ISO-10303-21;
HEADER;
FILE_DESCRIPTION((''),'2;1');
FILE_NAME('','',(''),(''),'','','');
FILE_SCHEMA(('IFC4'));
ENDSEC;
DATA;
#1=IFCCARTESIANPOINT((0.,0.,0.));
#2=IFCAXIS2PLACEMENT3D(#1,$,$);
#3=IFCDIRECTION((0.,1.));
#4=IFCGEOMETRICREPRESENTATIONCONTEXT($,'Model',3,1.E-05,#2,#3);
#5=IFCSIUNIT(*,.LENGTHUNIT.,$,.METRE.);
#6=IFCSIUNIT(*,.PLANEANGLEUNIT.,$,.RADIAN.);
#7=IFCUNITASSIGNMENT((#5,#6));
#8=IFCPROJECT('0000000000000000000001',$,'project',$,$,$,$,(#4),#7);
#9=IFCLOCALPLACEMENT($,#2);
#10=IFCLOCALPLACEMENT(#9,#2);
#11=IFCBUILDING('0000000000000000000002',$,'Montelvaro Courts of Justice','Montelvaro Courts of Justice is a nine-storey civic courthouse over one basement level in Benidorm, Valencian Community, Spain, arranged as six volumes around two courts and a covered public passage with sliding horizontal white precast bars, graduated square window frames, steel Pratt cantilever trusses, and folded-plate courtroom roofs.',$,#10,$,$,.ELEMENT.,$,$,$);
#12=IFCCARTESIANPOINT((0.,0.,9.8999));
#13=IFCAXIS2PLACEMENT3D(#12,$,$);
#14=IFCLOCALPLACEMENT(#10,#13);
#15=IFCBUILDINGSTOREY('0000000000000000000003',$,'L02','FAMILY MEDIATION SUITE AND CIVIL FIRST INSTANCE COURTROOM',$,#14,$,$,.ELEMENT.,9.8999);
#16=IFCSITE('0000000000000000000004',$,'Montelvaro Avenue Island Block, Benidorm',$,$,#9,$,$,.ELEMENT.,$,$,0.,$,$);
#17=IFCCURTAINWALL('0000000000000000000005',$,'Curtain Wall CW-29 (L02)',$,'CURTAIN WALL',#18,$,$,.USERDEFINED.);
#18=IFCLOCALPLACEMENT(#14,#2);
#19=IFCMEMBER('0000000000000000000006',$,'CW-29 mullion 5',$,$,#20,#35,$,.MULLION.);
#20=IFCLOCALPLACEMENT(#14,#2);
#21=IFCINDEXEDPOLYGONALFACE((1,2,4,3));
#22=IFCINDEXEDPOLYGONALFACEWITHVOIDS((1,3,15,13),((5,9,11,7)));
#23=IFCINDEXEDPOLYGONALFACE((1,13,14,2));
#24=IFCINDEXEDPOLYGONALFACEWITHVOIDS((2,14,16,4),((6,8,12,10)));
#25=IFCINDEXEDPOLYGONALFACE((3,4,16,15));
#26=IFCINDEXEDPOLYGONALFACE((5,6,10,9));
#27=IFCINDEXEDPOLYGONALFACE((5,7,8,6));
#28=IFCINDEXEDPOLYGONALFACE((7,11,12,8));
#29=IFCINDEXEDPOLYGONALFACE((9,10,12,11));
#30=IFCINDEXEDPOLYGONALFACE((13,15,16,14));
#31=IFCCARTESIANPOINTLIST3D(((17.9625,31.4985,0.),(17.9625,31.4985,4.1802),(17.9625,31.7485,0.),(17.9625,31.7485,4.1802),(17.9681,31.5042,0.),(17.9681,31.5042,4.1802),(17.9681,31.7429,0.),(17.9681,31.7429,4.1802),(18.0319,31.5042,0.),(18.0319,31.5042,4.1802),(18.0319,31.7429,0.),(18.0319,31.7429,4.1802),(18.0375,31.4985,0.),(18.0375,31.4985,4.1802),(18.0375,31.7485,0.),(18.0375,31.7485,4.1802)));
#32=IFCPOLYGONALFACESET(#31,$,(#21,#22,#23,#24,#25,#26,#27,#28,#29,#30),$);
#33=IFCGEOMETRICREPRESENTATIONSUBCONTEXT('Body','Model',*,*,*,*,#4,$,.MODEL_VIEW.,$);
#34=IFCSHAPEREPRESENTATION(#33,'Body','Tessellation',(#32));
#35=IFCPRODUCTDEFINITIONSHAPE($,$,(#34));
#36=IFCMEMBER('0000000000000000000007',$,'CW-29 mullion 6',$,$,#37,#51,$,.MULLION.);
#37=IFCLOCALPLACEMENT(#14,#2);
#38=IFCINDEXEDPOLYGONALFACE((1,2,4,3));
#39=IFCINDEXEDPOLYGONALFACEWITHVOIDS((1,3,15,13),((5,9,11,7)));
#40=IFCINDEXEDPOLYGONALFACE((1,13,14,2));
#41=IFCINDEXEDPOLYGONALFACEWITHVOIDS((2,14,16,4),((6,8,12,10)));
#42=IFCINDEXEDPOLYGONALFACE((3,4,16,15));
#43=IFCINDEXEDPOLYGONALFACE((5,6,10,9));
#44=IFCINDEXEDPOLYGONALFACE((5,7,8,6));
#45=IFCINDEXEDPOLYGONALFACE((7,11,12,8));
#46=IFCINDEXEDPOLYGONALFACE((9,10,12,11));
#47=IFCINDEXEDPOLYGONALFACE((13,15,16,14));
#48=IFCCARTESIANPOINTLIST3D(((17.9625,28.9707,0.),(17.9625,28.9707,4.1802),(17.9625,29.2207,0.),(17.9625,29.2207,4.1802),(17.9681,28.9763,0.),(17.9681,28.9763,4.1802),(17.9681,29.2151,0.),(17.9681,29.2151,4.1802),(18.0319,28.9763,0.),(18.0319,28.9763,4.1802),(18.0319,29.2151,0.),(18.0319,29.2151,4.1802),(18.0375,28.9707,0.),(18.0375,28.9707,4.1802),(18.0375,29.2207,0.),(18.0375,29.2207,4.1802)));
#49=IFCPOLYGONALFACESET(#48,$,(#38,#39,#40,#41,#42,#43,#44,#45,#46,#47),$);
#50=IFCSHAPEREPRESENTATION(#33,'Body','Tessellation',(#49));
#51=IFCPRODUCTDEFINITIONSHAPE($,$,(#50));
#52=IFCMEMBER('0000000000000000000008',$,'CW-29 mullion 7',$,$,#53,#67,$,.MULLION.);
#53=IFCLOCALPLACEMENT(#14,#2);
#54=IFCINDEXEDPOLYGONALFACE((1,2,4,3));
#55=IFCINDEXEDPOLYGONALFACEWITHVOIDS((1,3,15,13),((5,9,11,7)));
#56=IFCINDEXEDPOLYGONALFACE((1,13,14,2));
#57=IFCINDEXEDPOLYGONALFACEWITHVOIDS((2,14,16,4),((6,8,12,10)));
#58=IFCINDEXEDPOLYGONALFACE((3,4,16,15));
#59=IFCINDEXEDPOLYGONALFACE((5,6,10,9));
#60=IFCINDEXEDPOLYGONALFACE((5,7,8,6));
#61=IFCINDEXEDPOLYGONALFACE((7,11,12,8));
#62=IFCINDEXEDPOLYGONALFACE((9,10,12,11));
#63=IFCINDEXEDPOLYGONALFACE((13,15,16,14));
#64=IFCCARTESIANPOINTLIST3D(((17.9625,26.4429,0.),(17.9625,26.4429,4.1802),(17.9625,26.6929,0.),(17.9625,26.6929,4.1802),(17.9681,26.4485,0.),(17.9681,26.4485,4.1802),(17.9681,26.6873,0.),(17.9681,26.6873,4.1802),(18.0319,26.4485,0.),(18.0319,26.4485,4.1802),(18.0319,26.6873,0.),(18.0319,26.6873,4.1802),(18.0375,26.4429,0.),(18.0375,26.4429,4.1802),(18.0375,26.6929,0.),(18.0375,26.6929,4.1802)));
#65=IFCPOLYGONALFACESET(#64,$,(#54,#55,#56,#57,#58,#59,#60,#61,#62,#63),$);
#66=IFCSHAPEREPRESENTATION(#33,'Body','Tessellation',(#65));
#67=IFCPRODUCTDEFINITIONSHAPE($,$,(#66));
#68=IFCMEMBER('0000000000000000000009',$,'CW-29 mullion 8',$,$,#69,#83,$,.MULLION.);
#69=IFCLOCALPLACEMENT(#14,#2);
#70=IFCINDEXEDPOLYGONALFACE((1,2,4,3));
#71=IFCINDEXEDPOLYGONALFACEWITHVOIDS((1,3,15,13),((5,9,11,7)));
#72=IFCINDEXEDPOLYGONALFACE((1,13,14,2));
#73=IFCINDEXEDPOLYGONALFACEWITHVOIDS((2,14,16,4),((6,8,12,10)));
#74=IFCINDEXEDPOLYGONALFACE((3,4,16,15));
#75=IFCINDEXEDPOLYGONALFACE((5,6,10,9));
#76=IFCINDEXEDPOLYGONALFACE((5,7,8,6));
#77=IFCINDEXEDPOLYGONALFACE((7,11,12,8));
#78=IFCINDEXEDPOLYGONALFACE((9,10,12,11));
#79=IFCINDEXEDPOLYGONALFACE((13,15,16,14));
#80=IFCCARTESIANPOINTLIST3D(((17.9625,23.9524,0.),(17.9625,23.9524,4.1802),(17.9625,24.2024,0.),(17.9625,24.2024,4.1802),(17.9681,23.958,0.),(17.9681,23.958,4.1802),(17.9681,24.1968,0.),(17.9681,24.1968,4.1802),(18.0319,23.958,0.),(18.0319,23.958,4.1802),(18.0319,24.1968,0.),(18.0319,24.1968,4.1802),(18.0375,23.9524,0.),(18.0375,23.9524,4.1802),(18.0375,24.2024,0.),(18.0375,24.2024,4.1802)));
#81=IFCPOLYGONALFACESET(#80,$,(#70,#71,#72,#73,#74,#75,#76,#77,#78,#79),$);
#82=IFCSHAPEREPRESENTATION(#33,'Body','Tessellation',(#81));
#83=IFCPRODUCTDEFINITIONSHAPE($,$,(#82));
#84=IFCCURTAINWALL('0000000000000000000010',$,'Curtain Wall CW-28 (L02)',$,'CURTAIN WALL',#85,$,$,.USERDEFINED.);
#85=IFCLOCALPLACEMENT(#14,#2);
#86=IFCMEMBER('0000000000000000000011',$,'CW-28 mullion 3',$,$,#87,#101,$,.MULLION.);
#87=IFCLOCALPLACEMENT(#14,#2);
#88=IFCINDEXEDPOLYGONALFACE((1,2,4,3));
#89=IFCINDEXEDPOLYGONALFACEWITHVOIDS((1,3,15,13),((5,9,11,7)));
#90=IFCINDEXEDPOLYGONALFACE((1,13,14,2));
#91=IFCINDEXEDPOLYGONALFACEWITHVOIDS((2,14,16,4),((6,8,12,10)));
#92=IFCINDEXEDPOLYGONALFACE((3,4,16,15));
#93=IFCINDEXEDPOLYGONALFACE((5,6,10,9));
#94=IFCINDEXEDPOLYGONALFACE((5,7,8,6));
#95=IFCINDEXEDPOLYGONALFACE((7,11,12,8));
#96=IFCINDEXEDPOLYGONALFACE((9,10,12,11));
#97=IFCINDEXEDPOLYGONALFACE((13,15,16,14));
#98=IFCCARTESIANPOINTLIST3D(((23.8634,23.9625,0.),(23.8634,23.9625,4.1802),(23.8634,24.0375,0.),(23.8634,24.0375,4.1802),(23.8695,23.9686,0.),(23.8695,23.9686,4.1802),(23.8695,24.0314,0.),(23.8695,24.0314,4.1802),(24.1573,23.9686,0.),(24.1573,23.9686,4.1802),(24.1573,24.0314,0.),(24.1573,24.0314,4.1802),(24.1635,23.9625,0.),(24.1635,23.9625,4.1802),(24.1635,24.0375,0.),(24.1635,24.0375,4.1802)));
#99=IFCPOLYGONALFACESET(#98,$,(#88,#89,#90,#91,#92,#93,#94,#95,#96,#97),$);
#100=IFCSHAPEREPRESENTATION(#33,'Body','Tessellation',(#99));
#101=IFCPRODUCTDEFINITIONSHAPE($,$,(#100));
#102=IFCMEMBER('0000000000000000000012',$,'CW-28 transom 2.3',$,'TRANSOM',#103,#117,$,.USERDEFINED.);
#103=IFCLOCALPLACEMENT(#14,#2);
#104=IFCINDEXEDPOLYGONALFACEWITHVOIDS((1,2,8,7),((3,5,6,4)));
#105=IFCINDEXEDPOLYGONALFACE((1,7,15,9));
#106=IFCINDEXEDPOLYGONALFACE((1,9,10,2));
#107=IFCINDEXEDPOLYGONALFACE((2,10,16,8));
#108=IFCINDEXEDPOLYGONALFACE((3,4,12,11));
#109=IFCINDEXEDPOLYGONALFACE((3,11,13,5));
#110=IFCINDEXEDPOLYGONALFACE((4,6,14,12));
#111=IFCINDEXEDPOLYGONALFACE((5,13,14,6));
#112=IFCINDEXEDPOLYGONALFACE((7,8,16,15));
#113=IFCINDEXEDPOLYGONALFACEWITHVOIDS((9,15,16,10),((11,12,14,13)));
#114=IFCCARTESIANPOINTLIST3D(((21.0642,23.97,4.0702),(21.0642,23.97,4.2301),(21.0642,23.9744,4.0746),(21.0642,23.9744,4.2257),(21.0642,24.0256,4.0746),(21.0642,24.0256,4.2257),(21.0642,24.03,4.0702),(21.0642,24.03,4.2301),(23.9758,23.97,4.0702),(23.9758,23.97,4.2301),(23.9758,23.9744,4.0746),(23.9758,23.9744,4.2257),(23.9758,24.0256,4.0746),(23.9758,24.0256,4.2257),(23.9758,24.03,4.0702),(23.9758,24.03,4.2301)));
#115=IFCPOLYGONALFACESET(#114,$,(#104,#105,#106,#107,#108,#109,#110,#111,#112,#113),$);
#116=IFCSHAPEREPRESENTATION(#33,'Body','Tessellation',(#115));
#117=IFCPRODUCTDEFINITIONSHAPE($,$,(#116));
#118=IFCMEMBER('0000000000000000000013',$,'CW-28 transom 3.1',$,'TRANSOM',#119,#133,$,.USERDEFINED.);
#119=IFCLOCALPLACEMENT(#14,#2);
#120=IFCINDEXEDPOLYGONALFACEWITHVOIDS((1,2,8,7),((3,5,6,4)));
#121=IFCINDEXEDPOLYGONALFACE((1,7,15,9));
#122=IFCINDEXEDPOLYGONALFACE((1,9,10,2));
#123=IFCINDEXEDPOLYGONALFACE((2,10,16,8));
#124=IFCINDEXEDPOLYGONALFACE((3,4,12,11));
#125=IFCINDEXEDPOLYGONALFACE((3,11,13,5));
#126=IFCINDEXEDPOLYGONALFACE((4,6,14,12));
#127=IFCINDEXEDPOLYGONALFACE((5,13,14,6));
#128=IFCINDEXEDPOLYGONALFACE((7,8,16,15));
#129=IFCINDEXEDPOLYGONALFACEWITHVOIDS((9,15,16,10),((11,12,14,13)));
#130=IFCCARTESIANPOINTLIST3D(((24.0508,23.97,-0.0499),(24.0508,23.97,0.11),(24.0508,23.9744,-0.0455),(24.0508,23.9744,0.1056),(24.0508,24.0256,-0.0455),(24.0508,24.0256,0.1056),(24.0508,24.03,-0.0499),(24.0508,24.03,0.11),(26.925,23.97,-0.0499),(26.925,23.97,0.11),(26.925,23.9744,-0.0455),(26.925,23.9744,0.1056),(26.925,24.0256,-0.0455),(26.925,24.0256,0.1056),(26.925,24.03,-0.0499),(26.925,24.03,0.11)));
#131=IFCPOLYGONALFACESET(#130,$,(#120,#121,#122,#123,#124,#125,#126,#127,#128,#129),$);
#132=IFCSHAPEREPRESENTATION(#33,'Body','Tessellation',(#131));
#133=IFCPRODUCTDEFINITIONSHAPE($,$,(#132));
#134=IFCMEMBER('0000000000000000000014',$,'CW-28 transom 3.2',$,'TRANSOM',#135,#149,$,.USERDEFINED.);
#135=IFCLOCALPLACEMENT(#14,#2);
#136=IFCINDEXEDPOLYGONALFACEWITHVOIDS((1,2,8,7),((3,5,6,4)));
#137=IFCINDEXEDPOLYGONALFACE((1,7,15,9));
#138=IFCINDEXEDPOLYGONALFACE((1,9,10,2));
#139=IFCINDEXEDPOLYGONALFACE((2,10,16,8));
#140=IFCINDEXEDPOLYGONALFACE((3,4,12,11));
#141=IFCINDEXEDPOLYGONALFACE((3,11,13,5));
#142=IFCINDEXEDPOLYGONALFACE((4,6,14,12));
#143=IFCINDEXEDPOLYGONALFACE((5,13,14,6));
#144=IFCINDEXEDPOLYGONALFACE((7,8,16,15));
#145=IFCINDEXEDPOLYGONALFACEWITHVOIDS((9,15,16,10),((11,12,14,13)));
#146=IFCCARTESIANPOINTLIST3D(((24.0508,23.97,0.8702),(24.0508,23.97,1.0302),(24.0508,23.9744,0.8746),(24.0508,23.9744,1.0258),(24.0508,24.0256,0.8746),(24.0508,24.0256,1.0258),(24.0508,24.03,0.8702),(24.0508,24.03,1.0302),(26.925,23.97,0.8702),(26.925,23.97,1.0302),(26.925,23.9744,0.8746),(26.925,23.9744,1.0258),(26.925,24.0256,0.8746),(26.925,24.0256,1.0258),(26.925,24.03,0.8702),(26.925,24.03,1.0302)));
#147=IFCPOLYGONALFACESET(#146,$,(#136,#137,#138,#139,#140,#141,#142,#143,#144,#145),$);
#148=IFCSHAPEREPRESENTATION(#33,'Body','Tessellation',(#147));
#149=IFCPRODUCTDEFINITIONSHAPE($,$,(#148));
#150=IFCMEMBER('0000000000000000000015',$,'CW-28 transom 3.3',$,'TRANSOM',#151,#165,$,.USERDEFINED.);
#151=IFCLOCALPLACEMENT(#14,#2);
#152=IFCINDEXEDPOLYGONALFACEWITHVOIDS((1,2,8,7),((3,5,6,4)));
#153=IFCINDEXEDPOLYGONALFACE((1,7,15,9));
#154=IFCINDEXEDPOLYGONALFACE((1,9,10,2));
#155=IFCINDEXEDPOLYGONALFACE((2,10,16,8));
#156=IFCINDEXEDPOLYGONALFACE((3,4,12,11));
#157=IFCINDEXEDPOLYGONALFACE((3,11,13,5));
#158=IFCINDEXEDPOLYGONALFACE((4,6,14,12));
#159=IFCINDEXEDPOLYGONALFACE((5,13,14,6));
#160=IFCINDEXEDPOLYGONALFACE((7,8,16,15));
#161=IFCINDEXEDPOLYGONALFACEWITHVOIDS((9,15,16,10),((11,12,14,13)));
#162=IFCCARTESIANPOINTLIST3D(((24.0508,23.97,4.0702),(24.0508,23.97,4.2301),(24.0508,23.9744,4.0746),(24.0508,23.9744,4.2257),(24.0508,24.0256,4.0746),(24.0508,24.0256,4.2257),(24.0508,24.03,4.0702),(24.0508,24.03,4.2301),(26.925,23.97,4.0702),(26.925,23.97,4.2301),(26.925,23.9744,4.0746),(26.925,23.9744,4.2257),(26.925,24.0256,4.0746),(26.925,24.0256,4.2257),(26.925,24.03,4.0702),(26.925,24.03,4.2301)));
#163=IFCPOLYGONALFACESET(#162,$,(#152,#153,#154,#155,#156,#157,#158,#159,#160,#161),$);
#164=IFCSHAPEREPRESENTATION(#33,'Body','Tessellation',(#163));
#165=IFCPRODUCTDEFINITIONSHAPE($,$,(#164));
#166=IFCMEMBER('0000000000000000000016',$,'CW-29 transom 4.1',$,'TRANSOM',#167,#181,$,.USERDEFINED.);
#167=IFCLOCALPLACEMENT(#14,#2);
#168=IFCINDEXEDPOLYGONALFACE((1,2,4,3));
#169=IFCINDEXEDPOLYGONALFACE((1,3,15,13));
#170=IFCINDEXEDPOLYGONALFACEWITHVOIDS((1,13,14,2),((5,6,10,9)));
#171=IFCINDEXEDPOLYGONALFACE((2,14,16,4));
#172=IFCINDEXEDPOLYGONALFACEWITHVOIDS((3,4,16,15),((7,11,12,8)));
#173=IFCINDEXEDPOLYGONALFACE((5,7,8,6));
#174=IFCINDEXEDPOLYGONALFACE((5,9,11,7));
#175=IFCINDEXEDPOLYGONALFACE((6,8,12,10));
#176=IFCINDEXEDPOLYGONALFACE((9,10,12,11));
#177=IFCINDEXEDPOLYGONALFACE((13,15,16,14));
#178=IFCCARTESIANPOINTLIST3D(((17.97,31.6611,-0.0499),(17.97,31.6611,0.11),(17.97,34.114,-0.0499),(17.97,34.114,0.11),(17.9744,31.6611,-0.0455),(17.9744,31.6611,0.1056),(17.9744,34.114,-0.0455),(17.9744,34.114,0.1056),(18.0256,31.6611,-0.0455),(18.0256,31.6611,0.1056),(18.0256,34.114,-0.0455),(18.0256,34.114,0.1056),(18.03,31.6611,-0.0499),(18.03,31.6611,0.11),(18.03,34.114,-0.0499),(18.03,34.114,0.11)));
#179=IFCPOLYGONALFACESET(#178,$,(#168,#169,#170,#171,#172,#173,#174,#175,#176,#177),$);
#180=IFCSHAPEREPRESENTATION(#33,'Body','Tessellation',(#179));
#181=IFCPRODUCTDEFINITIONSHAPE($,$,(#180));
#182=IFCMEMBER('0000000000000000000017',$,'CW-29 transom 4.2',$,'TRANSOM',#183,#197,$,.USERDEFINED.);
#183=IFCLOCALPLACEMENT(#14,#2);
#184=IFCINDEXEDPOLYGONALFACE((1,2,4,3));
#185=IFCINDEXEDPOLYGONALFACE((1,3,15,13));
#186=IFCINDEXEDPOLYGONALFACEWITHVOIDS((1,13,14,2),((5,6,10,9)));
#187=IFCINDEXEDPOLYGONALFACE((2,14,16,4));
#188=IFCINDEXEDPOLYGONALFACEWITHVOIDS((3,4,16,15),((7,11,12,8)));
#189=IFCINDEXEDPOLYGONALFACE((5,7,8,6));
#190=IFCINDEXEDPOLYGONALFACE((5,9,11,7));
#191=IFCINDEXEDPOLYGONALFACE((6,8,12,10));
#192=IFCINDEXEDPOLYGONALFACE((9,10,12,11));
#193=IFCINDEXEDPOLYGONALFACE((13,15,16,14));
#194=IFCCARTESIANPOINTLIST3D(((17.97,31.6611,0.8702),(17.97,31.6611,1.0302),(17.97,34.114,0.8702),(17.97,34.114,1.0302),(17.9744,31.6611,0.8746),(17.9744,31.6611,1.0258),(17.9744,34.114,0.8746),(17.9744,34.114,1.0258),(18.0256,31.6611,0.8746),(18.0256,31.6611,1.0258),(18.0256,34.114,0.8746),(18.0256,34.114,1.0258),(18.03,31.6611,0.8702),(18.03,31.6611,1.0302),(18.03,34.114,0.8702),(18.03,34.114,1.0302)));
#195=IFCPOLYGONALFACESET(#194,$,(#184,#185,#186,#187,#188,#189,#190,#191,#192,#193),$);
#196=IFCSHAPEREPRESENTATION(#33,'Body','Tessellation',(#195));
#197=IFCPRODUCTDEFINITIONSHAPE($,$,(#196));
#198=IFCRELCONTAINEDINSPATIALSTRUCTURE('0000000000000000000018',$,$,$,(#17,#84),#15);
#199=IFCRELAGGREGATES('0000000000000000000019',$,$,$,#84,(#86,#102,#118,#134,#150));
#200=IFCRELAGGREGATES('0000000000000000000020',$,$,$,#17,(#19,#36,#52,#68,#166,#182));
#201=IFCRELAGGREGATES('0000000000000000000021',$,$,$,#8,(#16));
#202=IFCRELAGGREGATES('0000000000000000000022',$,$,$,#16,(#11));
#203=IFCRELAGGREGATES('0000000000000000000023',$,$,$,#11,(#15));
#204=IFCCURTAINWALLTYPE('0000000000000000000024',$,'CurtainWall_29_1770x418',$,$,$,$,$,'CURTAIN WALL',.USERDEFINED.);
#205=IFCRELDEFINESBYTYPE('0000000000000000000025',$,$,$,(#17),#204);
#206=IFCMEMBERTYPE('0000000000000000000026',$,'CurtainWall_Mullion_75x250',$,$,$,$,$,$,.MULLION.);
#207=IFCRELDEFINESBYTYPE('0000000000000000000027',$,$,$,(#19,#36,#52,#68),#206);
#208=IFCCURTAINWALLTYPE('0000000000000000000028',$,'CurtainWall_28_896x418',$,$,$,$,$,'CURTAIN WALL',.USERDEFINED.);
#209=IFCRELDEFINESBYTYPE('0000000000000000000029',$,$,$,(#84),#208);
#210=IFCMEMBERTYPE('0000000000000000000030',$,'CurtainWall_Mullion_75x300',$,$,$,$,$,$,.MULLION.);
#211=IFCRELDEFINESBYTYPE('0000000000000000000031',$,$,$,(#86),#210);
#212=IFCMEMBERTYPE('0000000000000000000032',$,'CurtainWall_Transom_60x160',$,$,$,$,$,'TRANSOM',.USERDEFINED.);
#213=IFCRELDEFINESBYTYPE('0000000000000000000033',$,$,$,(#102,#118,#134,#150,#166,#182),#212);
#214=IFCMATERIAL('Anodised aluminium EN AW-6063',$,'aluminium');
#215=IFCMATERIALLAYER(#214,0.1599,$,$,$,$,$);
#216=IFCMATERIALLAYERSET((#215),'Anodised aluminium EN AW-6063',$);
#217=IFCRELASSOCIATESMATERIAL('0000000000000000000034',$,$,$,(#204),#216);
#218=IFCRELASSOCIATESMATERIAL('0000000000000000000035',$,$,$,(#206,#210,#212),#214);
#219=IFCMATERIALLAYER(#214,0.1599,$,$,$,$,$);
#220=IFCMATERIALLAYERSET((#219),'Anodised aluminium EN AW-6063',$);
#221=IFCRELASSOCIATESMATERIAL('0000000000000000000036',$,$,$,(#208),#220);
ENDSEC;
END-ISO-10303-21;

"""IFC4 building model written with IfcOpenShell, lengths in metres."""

from ifc_helpers import new_model, si_unit, direction, frame, origin, origin_2d, place, context, subcontext, project, spatial, hollow_rectangle, extrude, material, layer, layer_set, material_profile, profile_set, type_object, element, aggregate, save


model = new_model("IFC4")

# Units and contexts
model_context = context("Model", 3, precision=1e-05, world=origin(), true_north=direction((0.0, 1.0)))
body_context = subcontext(model_context, "Body", "Model", "MODEL_VIEW")
ifc_project = project(units=[si_unit("LENGTHUNIT", "METRE"), si_unit("PLANEANGLEUNIT", "RADIAN")], contexts=[model_context])

# Site, building, storey
site_placement = place(None, origin())
site = spatial("IfcSite", under=ifc_project, at=site_placement, Name="Montelvaro Avenue Island Block, Benidorm", CompositionType="ELEMENT", RefElevation=0.0)
building_placement = place(site_placement, origin())
building = spatial("IfcBuilding", under=site, at=building_placement, Name="Montelvaro Courts of Justice", Description="Montelvaro Courts of Justice is a nine-storey civic courthouse over one basement level in Benidorm, Valencian Community, Spain, arranged as six volumes around two courts and a covered public passage with sliding horizontal white precast bars, graduated square window frames, steel Pratt cantilever trusses, and folded-plate courtroom roofs.", CompositionType="ELEMENT")
storey_placement = place(building_placement, frame((0.0, 0.0, 9.8999)))
storey = spatial("IfcBuildingStorey", under=building, at=storey_placement, Name="L02", Description="FAMILY MEDIATION SUITE AND CIVIL FIRST INSTANCE COURTROOM", CompositionType="ELEMENT", Elevation=9.8999)

# Curtain walls, members
ifc_material_1 = material(Name="Anodised aluminium EN AW-6063", Category="aluminium")
ifc_layer_1 = layer(ifc_material_1, 0.1599)
ifc_layer_set_1 = layer_set([ifc_layer_1], Name="Anodised aluminium EN AW-6063")
curtain_wall_type_1 = type_object("IfcCurtainWallType", Name="CurtainWall_29_1770x418", ElementType="CURTAIN WALL", PredefinedType="USERDEFINED", material=ifc_layer_set_1)
curtain_wall_1_placement = place(storey_placement, origin())
curtain_wall_1 = element("IfcCurtainWall", 1, at=curtain_wall_1_placement, inside=storey, type_object=curtain_wall_type_1, Name="Curtain Wall CW-29 (L02)", ObjectType="CURTAIN WALL", PredefinedType="USERDEFINED")
ifc_material_profile_1 = material_profile(ifc_material_1, hollow_rectangle(XDim=0.075, YDim=0.25, WallThickness=0.0056, at=origin_2d()), Name="ALU-M 75x250")
ifc_profile_set_1 = profile_set([ifc_material_profile_1], Name="Anodised aluminium EN AW-6063")
member_type_1 = type_object("IfcMemberType", Name="CurtainWall_Mullion_75x250", PredefinedType="MULLION", material=ifc_profile_set_1)
member_1_placement = place(storey_placement, frame((18.0, 31.6235, 0.0), z_axis=(0.0, 0.0, 1.0), x_axis=(1.0, 0.0, 0.0)))
member_1 = element("IfcMember", 2, at=member_1_placement, type_object=member_type_1, Name="CW-29 mullion 5", PredefinedType="MULLION", context=body_context, shape_type="SweptSolid", body=[
    extrude(hollow_rectangle(XDim=0.075, YDim=0.25, WallThickness=0.0056, at=origin_2d()), origin(), (0.0, 0.0, 1.0), 4.1802),
])
member_2_placement = place(storey_placement, frame((18.0, 29.0957, 0.0), z_axis=(0.0, 0.0, 1.0), x_axis=(1.0, 0.0, 0.0)))
member_2 = element("IfcMember", 3, at=member_2_placement, type_object=member_type_1, Name="CW-29 mullion 6", PredefinedType="MULLION", context=body_context, shape_type="SweptSolid", body=[
    extrude(hollow_rectangle(XDim=0.075, YDim=0.25, WallThickness=0.0056, at=origin_2d()), origin(), (0.0, 0.0, 1.0), 4.1802),
])
member_3_placement = place(storey_placement, frame((18.0, 26.5679, 0.0), z_axis=(0.0, 0.0, 1.0), x_axis=(1.0, 0.0, 0.0)))
member_3 = element("IfcMember", 4, at=member_3_placement, type_object=member_type_1, Name="CW-29 mullion 7", PredefinedType="MULLION", context=body_context, shape_type="SweptSolid", body=[
    extrude(hollow_rectangle(XDim=0.075, YDim=0.25, WallThickness=0.0056, at=origin_2d()), origin(), (0.0, 0.0, 1.0), 4.1802),
])
member_4_placement = place(storey_placement, frame((18.0, 24.0774, 0.0), z_axis=(0.0, 0.0, 1.0), x_axis=(1.0, 0.0, 0.0)))
member_4 = element("IfcMember", 5, at=member_4_placement, type_object=member_type_1, Name="CW-29 mullion 8", PredefinedType="MULLION", context=body_context, shape_type="SweptSolid", body=[
    extrude(hollow_rectangle(XDim=0.075, YDim=0.25, WallThickness=0.0056, at=origin_2d()), origin(), (0.0, 0.0, 1.0), 4.1802),
])
ifc_layer_2 = layer(ifc_material_1, 0.1599)
ifc_layer_set_2 = layer_set([ifc_layer_2], Name="Anodised aluminium EN AW-6063")
curtain_wall_type_2 = type_object("IfcCurtainWallType", Name="CurtainWall_28_896x418", ElementType="CURTAIN WALL", PredefinedType="USERDEFINED", material=ifc_layer_set_2)
curtain_wall_2_placement = place(storey_placement, origin())
curtain_wall_2 = element("IfcCurtainWall", 6, at=curtain_wall_2_placement, inside=storey, type_object=curtain_wall_type_2, Name="Curtain Wall CW-28 (L02)", ObjectType="CURTAIN WALL", PredefinedType="USERDEFINED")
ifc_material_profile_2 = material_profile(ifc_material_1, hollow_rectangle(XDim=0.075, YDim=0.3, WallThickness=0.0061, at=origin_2d()), Name="ALU-M 75x300")
ifc_profile_set_2 = profile_set([ifc_material_profile_2], Name="Anodised aluminium EN AW-6063")
member_type_2 = type_object("IfcMemberType", Name="CurtainWall_Mullion_75x300", PredefinedType="MULLION", material=ifc_profile_set_2)
member_5_placement = place(storey_placement, frame((24.0134, 24.0, 0.0), z_axis=(0.0, 0.0, 1.0), x_axis=(0.0, 1.0, 0.0)))
member_5 = element("IfcMember", 7, at=member_5_placement, type_object=member_type_2, Name="CW-28 mullion 3", PredefinedType="MULLION", context=body_context, shape_type="SweptSolid", body=[
    extrude(hollow_rectangle(XDim=0.075, YDim=0.3, WallThickness=0.0061, at=origin_2d()), origin(), (0.0, 0.0, 1.0), 4.1802),
])
ifc_material_profile_3 = material_profile(ifc_material_1, hollow_rectangle(XDim=0.0601, YDim=0.1599, WallThickness=0.0044, at=origin_2d()), Name="ALU-T 60x160")
ifc_profile_set_3 = profile_set([ifc_material_profile_3], Name="Anodised aluminium EN AW-6063")
member_type_3 = type_object("IfcMemberType", Name="CurtainWall_Transom_60x160", ElementType="TRANSOM", PredefinedType="USERDEFINED", material=ifc_profile_set_3)
member_6_placement = place(storey_placement, frame((21.0642, 24.0, 4.1501), z_axis=(1.0, 0.0, 0.0), x_axis=(0.0, 1.0, 0.0)))
member_6 = element("IfcMember", 8, at=member_6_placement, type_object=member_type_3, Name="CW-28 transom 2.3", ObjectType="TRANSOM", PredefinedType="USERDEFINED", context=body_context, shape_type="SweptSolid", body=[
    extrude(hollow_rectangle(XDim=0.0601, YDim=0.1599, WallThickness=0.0044, at=origin_2d()), origin(), (0.0, 0.0, 1.0), 2.9116),
])
member_7_placement = place(storey_placement, frame((24.0508, 24.0, 0.03), z_axis=(1.0, 0.0, 0.0), x_axis=(0.0, 1.0, 0.0)))
member_7 = element("IfcMember", 9, at=member_7_placement, type_object=member_type_3, Name="CW-28 transom 3.1", ObjectType="TRANSOM", PredefinedType="USERDEFINED", context=body_context, shape_type="SweptSolid", body=[
    extrude(hollow_rectangle(XDim=0.0601, YDim=0.1599, WallThickness=0.0044, at=origin_2d()), origin(), (0.0, 0.0, 1.0), 2.8743),
])
member_8_placement = place(storey_placement, frame((24.0508, 24.0, 0.9502), z_axis=(1.0, 0.0, 0.0), x_axis=(0.0, 1.0, 0.0)))
member_8 = element("IfcMember", 10, at=member_8_placement, type_object=member_type_3, Name="CW-28 transom 3.2", ObjectType="TRANSOM", PredefinedType="USERDEFINED", context=body_context, shape_type="SweptSolid", body=[
    extrude(hollow_rectangle(XDim=0.0601, YDim=0.1599, WallThickness=0.0044, at=origin_2d()), origin(), (0.0, 0.0, 1.0), 2.8743),
])
member_9_placement = place(storey_placement, frame((24.0508, 24.0, 4.1501), z_axis=(1.0, 0.0, 0.0), x_axis=(0.0, 1.0, 0.0)))
member_9 = element("IfcMember", 11, at=member_9_placement, type_object=member_type_3, Name="CW-28 transom 3.3", ObjectType="TRANSOM", PredefinedType="USERDEFINED", context=body_context, shape_type="SweptSolid", body=[
    extrude(hollow_rectangle(XDim=0.0601, YDim=0.1599, WallThickness=0.0044, at=origin_2d()), origin(), (0.0, 0.0, 1.0), 2.8743),
])

# Members
member_10_placement = place(storey_placement, frame((18.0, 34.114, 0.03), z_axis=(0.0, -1.0, 0.0), x_axis=(1.0, 0.0, 0.0)))
member_10 = element("IfcMember", 12, at=member_10_placement, type_object=member_type_3, Name="CW-29 transom 4.1", ObjectType="TRANSOM", PredefinedType="USERDEFINED", context=body_context, shape_type="SweptSolid", body=[
    extrude(hollow_rectangle(XDim=0.0601, YDim=0.1599, WallThickness=0.0044, at=origin_2d()), origin(), (0.0, 0.0, 1.0), 2.4529),
])
member_11_placement = place(storey_placement, frame((18.0, 34.114, 0.9502), z_axis=(0.0, -1.0, 0.0), x_axis=(1.0, 0.0, 0.0)))
member_11 = element("IfcMember", 13, at=member_11_placement, type_object=member_type_3, Name="CW-29 transom 4.2", ObjectType="TRANSOM", PredefinedType="USERDEFINED", context=body_context, shape_type="SweptSolid", body=[
    extrude(hollow_rectangle(XDim=0.0601, YDim=0.1599, WallThickness=0.0044, at=origin_2d()), origin(), (0.0, 0.0, 1.0), 2.4529),
])

aggregate(curtain_wall_2, [member_5, member_6, member_7, member_8, member_9])
aggregate(curtain_wall_1, [member_1, member_2, member_3, member_4, member_10, member_11])

save(model, "model.ifc")
